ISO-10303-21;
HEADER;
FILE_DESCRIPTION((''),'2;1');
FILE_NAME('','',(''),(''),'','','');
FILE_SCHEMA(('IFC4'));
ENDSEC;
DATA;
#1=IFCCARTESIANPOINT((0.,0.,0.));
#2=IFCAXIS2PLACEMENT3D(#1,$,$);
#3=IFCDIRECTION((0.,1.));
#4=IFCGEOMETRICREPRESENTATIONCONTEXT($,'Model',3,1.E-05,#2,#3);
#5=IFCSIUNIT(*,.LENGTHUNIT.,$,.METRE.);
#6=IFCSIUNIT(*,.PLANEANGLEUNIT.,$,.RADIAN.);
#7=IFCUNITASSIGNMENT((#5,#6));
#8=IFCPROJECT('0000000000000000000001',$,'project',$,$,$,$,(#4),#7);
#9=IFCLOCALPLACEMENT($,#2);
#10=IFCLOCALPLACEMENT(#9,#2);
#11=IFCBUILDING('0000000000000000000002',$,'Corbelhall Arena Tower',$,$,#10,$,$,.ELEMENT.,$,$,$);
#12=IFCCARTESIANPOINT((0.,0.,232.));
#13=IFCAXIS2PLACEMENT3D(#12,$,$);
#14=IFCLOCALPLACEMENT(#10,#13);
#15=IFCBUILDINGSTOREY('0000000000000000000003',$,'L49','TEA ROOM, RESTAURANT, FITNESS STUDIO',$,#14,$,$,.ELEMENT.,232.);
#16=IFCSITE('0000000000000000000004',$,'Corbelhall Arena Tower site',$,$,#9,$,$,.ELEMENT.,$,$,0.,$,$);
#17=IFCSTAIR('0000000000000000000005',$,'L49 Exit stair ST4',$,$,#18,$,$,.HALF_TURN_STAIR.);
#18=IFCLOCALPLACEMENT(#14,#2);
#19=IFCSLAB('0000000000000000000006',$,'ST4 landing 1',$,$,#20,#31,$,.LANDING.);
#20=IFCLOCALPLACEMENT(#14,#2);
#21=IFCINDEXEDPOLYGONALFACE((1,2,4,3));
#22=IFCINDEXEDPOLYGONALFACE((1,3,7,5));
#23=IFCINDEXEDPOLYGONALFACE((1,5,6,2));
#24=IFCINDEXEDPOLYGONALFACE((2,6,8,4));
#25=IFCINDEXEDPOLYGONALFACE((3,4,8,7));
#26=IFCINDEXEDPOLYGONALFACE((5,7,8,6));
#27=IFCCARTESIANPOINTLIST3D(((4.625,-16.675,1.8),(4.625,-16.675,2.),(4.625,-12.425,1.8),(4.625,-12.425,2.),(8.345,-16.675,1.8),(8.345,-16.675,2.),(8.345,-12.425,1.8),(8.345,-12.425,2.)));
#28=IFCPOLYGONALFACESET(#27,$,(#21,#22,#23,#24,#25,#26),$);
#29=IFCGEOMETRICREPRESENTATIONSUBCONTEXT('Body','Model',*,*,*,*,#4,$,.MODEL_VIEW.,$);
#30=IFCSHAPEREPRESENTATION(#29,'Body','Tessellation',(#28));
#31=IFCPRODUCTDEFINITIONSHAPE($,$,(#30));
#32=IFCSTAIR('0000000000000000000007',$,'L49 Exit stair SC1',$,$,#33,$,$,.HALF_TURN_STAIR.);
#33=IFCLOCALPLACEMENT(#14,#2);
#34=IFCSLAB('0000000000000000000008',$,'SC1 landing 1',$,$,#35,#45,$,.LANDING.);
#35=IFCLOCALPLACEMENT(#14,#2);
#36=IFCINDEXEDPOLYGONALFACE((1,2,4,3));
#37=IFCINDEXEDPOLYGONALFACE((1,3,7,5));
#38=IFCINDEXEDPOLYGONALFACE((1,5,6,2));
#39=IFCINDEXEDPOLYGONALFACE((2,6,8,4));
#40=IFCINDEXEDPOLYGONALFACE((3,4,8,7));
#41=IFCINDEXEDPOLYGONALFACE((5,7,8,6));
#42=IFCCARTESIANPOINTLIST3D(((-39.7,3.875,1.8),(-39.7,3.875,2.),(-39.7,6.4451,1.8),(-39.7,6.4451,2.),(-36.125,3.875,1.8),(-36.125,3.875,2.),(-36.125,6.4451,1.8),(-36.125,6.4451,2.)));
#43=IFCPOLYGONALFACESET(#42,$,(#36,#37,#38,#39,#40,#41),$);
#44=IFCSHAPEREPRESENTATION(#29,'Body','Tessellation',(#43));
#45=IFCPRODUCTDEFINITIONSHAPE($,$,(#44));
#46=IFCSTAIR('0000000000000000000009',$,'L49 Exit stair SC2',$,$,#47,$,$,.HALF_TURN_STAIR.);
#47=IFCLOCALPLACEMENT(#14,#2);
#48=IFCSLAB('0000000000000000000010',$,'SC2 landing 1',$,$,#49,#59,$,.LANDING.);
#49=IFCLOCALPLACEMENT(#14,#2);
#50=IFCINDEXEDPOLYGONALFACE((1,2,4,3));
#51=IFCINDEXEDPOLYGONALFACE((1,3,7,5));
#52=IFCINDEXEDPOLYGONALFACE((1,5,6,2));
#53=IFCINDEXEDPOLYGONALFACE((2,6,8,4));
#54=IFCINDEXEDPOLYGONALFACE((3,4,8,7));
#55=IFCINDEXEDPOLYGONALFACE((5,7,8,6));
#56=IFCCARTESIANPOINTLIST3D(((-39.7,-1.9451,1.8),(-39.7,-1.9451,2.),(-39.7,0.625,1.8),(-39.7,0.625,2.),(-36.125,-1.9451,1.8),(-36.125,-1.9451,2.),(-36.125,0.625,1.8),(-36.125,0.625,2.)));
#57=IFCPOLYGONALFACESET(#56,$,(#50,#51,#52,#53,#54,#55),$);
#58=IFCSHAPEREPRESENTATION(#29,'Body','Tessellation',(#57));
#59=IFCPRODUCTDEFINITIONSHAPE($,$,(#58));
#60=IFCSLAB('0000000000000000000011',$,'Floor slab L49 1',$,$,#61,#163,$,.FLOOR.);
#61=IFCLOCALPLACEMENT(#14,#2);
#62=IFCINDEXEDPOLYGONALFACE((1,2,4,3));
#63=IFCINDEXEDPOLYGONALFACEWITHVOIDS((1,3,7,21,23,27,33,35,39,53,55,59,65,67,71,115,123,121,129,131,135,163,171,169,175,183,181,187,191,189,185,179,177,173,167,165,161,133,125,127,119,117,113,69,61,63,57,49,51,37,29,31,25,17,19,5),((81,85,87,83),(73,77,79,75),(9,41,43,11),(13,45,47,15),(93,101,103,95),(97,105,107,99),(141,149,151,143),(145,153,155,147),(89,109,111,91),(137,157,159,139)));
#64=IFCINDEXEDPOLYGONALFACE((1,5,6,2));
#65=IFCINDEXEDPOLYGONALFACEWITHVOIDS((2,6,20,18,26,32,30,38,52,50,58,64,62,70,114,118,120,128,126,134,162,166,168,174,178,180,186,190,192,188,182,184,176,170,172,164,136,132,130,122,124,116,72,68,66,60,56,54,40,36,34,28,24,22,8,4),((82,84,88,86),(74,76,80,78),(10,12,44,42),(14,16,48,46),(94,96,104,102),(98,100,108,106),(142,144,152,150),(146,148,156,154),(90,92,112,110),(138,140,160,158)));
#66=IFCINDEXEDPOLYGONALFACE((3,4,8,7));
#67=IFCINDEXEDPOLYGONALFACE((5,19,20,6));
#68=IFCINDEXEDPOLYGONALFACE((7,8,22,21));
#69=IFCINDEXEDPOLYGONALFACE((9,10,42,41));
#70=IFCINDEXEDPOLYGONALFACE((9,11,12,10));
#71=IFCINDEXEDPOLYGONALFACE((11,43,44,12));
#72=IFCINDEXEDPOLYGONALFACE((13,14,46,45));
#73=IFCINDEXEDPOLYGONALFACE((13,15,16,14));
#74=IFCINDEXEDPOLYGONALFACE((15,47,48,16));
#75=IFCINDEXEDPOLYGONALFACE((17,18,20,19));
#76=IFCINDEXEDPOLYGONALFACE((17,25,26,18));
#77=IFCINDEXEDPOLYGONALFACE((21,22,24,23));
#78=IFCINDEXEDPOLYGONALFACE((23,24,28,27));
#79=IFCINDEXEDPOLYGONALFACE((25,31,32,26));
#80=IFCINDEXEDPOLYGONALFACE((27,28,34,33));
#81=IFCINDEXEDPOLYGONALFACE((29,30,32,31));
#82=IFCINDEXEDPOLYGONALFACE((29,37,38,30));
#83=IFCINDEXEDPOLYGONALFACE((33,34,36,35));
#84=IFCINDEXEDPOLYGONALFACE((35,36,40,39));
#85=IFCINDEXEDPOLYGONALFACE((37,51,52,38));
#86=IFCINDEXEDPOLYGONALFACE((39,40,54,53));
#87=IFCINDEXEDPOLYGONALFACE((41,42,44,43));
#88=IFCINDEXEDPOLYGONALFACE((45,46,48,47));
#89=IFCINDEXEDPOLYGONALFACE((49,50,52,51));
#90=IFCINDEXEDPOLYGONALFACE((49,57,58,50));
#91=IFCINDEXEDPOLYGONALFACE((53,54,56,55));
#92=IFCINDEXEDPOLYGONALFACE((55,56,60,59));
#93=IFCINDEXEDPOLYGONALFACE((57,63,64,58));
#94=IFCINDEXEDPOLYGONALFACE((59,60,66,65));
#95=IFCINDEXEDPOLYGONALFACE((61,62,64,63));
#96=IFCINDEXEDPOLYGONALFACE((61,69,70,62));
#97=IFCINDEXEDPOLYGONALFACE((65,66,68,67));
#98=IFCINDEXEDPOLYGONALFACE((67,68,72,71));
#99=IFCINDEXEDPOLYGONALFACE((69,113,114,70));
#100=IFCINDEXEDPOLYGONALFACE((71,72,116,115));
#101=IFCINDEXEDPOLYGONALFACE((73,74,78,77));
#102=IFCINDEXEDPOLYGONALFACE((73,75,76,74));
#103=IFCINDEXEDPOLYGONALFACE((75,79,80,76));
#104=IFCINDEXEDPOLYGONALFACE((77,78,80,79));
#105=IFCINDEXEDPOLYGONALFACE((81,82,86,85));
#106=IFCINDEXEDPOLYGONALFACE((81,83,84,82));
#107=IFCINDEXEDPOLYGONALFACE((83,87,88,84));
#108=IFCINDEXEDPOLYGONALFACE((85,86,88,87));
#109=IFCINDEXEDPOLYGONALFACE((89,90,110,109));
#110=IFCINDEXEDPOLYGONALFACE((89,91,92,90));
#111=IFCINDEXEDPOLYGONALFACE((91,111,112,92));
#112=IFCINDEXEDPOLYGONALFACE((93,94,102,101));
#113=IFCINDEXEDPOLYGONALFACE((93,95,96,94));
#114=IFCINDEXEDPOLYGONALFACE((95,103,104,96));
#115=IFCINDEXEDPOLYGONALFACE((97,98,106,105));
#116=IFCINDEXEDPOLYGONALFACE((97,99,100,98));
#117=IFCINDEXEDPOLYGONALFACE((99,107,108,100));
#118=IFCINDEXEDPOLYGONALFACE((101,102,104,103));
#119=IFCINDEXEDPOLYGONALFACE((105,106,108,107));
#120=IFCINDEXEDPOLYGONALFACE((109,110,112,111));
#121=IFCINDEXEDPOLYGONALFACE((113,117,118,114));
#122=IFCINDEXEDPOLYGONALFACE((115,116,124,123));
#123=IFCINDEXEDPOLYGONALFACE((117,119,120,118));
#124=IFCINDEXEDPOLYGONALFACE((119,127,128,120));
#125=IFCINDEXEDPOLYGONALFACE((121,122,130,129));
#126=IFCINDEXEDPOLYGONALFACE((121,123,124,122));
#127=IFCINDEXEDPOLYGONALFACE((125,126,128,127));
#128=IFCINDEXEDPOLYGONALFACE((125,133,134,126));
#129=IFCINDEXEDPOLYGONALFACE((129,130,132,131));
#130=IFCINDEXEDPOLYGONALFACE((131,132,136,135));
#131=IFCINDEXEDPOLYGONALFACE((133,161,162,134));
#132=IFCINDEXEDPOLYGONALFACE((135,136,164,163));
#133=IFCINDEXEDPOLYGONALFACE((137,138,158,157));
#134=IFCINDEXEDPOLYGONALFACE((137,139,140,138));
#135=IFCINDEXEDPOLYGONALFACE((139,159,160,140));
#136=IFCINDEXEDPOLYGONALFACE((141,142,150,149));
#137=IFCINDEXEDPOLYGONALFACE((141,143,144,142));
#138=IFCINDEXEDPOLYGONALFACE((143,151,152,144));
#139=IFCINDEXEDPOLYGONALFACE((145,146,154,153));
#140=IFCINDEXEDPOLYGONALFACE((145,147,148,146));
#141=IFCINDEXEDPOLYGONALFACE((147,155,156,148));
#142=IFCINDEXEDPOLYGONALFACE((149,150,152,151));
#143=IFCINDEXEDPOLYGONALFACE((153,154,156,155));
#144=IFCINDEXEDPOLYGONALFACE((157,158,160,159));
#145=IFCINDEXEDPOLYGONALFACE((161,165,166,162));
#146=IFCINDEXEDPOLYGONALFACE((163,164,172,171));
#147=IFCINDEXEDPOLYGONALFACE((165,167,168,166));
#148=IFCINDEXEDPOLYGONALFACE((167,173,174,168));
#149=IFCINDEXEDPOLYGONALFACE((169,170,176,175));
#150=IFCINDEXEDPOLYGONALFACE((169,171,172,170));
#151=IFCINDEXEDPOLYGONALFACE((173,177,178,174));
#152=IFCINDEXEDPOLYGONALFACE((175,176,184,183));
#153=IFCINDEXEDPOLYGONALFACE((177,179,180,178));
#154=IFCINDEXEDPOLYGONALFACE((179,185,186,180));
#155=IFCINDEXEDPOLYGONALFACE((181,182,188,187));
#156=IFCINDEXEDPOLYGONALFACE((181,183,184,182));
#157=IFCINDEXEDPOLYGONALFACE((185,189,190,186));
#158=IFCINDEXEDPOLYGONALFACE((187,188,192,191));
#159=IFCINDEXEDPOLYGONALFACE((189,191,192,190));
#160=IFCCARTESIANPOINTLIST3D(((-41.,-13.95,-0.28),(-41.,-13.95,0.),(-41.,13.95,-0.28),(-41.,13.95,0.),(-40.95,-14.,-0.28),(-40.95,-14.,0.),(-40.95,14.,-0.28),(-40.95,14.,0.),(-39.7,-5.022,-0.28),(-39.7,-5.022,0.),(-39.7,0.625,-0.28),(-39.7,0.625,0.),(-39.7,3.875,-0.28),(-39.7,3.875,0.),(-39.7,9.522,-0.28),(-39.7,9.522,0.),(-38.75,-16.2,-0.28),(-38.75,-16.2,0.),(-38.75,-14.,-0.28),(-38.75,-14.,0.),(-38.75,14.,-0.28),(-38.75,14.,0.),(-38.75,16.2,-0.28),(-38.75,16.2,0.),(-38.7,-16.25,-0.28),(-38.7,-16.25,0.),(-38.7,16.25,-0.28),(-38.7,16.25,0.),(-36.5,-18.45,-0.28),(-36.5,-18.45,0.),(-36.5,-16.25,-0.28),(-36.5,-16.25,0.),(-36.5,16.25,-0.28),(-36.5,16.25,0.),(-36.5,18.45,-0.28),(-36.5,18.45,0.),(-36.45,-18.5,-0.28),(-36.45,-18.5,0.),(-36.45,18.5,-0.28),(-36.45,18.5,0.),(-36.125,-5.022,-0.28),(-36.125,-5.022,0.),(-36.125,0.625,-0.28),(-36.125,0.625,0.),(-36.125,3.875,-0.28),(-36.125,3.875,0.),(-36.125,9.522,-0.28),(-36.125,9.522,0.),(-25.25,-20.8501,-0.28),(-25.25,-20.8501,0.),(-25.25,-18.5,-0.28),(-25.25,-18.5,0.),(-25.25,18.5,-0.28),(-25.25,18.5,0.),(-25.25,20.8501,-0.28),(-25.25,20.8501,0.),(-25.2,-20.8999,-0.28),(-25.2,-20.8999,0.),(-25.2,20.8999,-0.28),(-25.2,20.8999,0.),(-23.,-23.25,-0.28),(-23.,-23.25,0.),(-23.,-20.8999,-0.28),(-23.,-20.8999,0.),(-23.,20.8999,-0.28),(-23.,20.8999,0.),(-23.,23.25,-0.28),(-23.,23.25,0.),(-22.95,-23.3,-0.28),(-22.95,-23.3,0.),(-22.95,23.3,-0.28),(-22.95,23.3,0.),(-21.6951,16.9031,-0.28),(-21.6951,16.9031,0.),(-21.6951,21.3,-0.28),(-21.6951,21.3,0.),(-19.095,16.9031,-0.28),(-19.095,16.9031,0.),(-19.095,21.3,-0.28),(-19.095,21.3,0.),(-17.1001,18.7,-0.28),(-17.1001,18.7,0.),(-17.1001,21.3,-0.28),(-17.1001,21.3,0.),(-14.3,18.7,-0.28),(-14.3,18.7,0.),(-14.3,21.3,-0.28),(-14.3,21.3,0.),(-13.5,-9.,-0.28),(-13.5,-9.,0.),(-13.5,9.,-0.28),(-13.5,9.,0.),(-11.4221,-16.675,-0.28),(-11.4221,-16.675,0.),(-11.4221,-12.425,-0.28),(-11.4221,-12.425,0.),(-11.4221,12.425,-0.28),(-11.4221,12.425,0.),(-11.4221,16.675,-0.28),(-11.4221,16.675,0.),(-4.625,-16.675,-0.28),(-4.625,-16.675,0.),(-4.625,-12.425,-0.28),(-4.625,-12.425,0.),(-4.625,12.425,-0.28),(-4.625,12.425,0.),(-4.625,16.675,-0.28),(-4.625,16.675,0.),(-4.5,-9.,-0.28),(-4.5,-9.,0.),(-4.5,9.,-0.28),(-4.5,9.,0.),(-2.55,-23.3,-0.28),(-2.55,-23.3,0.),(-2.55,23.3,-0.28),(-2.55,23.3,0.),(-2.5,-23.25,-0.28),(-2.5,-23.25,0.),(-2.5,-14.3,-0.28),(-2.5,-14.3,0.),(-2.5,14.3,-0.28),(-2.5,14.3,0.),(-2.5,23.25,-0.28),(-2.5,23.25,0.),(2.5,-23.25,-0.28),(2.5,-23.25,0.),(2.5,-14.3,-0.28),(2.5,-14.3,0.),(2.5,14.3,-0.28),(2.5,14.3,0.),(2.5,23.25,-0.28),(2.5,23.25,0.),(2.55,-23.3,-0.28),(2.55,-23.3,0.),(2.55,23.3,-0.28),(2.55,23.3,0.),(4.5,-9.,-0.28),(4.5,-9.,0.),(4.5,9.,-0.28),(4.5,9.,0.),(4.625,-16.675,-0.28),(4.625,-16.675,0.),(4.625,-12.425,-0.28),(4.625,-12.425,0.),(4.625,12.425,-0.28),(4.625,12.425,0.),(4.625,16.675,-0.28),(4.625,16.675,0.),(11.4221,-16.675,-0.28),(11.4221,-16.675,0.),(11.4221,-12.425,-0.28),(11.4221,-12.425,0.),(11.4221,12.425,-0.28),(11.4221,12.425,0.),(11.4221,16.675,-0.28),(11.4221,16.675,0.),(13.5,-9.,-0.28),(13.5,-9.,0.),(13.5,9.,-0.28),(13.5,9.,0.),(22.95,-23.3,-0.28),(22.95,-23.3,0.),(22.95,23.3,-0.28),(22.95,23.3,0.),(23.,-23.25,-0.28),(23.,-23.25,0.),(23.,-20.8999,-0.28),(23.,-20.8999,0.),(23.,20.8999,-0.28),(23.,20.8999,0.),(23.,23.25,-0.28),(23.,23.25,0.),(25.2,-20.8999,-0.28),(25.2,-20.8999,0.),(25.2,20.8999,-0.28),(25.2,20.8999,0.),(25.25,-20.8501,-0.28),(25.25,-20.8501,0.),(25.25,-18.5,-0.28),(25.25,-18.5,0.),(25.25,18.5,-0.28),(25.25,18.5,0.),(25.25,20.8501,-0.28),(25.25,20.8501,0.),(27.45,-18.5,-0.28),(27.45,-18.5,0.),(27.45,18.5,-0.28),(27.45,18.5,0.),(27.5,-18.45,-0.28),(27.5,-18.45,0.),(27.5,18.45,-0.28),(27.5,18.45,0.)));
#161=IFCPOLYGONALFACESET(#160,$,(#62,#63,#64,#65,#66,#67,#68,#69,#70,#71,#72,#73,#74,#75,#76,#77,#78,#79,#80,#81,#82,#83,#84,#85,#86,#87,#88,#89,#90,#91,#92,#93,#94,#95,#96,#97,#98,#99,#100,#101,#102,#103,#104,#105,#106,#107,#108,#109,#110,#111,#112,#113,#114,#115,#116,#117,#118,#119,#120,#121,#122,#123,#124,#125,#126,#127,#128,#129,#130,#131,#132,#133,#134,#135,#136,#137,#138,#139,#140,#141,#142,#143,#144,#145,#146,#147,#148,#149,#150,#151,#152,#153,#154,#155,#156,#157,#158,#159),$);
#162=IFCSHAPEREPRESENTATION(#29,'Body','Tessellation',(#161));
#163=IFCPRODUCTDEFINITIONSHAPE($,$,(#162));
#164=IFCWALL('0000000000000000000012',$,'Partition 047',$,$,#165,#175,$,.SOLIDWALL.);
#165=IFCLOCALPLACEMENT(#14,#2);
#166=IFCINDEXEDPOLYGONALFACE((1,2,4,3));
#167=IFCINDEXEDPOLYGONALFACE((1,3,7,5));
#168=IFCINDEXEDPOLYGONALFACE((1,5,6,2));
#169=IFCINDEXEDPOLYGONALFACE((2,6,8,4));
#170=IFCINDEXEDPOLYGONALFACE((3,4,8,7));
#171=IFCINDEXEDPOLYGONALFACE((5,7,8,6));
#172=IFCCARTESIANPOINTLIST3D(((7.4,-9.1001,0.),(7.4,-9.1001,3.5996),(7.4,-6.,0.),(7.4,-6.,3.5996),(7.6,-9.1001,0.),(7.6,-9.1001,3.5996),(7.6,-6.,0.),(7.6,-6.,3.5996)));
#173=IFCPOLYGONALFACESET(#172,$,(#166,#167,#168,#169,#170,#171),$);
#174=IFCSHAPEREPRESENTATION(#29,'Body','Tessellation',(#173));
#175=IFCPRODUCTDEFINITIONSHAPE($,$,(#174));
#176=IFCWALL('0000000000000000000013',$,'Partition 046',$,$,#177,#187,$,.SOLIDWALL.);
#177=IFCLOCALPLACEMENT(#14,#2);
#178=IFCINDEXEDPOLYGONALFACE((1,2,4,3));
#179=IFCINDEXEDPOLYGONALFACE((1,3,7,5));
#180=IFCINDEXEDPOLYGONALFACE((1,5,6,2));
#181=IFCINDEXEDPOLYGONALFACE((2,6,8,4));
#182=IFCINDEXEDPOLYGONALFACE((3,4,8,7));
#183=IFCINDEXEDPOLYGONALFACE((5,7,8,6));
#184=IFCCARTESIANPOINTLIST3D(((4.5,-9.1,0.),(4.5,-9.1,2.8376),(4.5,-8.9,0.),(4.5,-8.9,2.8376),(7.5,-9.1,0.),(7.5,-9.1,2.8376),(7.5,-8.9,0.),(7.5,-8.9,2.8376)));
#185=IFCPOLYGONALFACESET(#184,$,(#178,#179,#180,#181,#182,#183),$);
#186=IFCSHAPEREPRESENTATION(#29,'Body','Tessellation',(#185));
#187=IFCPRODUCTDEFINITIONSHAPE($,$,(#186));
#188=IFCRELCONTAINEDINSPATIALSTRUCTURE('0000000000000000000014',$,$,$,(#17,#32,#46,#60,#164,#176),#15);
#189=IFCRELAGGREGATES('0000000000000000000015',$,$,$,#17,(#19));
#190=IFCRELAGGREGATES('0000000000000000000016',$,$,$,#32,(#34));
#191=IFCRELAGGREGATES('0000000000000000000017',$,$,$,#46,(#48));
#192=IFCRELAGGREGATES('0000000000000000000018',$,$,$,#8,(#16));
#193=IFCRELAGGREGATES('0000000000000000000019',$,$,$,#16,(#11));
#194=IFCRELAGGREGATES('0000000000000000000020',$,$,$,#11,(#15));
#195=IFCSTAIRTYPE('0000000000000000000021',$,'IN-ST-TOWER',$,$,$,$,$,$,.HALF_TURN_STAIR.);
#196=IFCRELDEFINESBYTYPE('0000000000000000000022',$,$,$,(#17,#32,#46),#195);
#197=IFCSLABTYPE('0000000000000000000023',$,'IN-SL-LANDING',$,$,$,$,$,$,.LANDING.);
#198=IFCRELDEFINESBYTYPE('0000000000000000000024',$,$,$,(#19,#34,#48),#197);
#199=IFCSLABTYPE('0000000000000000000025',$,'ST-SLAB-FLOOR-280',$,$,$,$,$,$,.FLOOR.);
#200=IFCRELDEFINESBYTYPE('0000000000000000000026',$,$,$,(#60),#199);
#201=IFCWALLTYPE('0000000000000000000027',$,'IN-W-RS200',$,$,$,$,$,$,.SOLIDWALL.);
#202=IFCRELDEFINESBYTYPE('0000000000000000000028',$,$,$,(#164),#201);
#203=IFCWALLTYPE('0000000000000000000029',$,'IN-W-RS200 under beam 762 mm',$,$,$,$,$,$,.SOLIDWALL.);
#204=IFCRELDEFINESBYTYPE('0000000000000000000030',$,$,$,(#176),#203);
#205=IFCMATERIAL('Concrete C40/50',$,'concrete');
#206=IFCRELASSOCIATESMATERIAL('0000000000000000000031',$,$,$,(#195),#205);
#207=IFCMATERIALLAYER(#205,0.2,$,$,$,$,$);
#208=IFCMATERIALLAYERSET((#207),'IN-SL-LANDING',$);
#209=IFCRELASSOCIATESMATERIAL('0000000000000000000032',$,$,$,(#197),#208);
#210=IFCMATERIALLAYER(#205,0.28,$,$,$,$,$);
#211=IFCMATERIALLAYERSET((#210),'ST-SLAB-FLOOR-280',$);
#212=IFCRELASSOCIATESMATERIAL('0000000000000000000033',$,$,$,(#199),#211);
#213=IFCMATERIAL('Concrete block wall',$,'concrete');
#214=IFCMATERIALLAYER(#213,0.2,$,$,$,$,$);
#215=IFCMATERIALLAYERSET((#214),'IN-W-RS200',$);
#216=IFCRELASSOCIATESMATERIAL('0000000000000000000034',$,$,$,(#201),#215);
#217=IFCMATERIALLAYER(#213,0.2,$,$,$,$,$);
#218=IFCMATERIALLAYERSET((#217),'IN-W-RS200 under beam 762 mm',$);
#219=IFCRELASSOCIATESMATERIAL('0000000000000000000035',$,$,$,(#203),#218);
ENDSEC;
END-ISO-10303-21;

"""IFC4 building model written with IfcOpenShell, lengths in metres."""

from ifc_helpers import new_model, si_unit, direction, frame, frame_2d, origin, place, context, subcontext, project, spatial, polyline, rectangle, outline, extrude, material, layer, layer_set, type_object, element, aggregate, save


model = new_model("IFC4")

# Units and contexts
model_context = context("Model", 3, precision=1e-05, world=origin(), true_north=direction((0.0, 1.0)))
body_context = subcontext(model_context, "Body", "Model", "MODEL_VIEW")
ifc_project = project(units=[si_unit("LENGTHUNIT", "METRE"), si_unit("PLANEANGLEUNIT", "RADIAN")], contexts=[model_context])

# Site, building, storey
site_placement = place(None, origin())
site = spatial("IfcSite", under=ifc_project, at=site_placement, Name="Corbelhall Arena Tower site", CompositionType="ELEMENT", RefElevation=0.0)
building_placement = place(site_placement, origin())
building = spatial("IfcBuilding", under=site, at=building_placement, Name="Corbelhall Arena Tower", CompositionType="ELEMENT")
storey_placement = place(building_placement, frame((0.0, 0.0, 232.0)))
storey = spatial("IfcBuildingStorey", under=building, at=storey_placement, Name="L49", Description="TEA ROOM, RESTAURANT, FITNESS STUDIO", CompositionType="ELEMENT", Elevation=232.0)

# Shared definitions
ifc_material_1 = material(Name="Concrete C40/50", Category="concrete")

# Stairs, slabs
stair_type = type_object("IfcStairType", Name="IN-ST-TOWER", PredefinedType="HALF_TURN_STAIR", material=ifc_material_1)
ifc_layer_1 = layer(ifc_material_1, 0.2)
ifc_layer_set_1 = layer_set([ifc_layer_1], Name="IN-SL-LANDING")
slab_type_1 = type_object("IfcSlabType", Name="IN-SL-LANDING", PredefinedType="LANDING", material=ifc_layer_set_1)
stair_1_placement = place(storey_placement, origin())
stair_1 = element("IfcStair", 1, at=stair_1_placement, inside=storey, type_object=stair_type, Name="L49 Exit stair ST4", PredefinedType="HALF_TURN_STAIR")
slab_1_placement = place(storey_placement, frame((0.0, 0.0, 1.8)))
slab_1 = element("IfcSlab", 2, at=slab_1_placement, type_object=slab_type_1, Name="ST4 landing 1", PredefinedType="LANDING", context=body_context, shape_type="SweptSolid", body=[
    extrude(outline(polyline([(8.345, -12.425), (4.625, -12.425), (4.625, -16.675), (8.345, -16.675), (8.345, -12.425)])), origin(), (0.0, 0.0, 1.0), 0.2),
])
aggregate(stair_1, [slab_1])
stair_2_placement = place(storey_placement, origin())
stair_2 = element("IfcStair", 3, at=stair_2_placement, inside=storey, type_object=stair_type, Name="L49 Exit stair SC1", PredefinedType="HALF_TURN_STAIR")
slab_2_placement = place(storey_placement, frame((0.0, 0.0, 1.8)))
slab_2 = element("IfcSlab", 4, at=slab_2_placement, type_object=slab_type_1, Name="SC1 landing 1", PredefinedType="LANDING", context=body_context, shape_type="SweptSolid", body=[
    extrude(outline(polyline([(-39.7, 6.4451), (-39.7, 3.875), (-36.125, 3.875), (-36.125, 6.4451), (-39.7, 6.4451)])), origin(), (0.0, 0.0, 1.0), 0.2),
])
aggregate(stair_2, [slab_2])
stair_3_placement = place(storey_placement, origin())
stair_3 = element("IfcStair", 5, at=stair_3_placement, inside=storey, type_object=stair_type, Name="L49 Exit stair SC2", PredefinedType="HALF_TURN_STAIR")
slab_3_placement = place(storey_placement, frame((0.0, 0.0, 1.8)))
slab_3 = element("IfcSlab", 6, at=slab_3_placement, type_object=slab_type_1, Name="SC2 landing 1", PredefinedType="LANDING", context=body_context, shape_type="SweptSolid", body=[
    extrude(outline(polyline([(-36.125, -1.9451), (-36.125, 0.625), (-39.7, 0.625), (-39.7, -1.9451), (-36.125, -1.9451)])), origin(), (0.0, 0.0, 1.0), 0.2),
])
aggregate(stair_3, [slab_3])

# Slab
ifc_layer_2 = layer(ifc_material_1, 0.28)
ifc_layer_set_2 = layer_set([ifc_layer_2], Name="ST-SLAB-FLOOR-280")
slab_type_2 = type_object("IfcSlabType", Name="ST-SLAB-FLOOR-280", PredefinedType="FLOOR", material=ifc_layer_set_2)
slab_4_placement = place(storey_placement, frame((0.0, 0.0, -0.28)))
element("IfcSlab", 7, at=slab_4_placement, inside=storey, type_object=slab_type_2, Name="Floor slab L49 1", PredefinedType="FLOOR", context=body_context, shape_type="SweptSolid", body=[
    extrude(outline(polyline([(23.0, 23.25), (22.95, 23.3), (2.55, 23.3), (2.5, 23.25), (2.5, 14.3), (-2.5, 14.3), (-2.5, 23.25), (-2.55, 23.3), (-22.95, 23.3), (-23.0, 23.25), (-23.0, 20.8999), (-25.2, 20.8999), (-25.25, 20.8501), (-25.25, 18.5), (-36.45, 18.5), (-36.5, 18.45), (-36.5, 16.25), (-38.7, 16.25), (-38.75, 16.2), (-38.75, 14.0), (-40.95, 14.0), (-41.0, 13.95), (-41.0, -13.95), (-40.95, -14.0), (-38.75, -14.0), (-38.75, -16.2), (-38.7, -16.25), (-36.5, -16.25), (-36.5, -18.45), (-36.45, -18.5), (-25.25, -18.5), (-25.25, -20.8501), (-25.2, -20.8999), (-23.0, -20.8999), (-23.0, -23.25), (-22.95, -23.3), (-2.55, -23.3), (-2.5, -23.25), (-2.5, -14.3), (2.5, -14.3), (2.5, -23.25), (2.55, -23.3), (22.95, -23.3), (23.0, -23.25), (23.0, -20.8999), (25.2, -20.8999), (25.25, -20.8501), (25.25, -18.5), (27.45, -18.5), (27.5, -18.45), (27.5, 18.45), (27.45, 18.5), (25.25, 18.5), (25.25, 20.8501), (25.2, 20.8999), (23.0, 20.8999), (23.0, 23.25)]), holes=[polyline([(-4.5, -9.0), (-4.5, 9.0), (-13.5, 9.0), (-13.5, -9.0), (-4.5, -9.0)]), polyline([(13.5, -9.0), (13.5, 9.0), (4.5, 9.0), (4.5, -9.0), (13.5, -9.0)]), polyline([(-11.4221, 12.425), (-4.625, 12.425), (-4.625, 16.675), (-11.4221, 16.675), (-11.4221, 12.425)]), polyline([(-11.4221, -12.425), (-11.4221, -16.675), (-4.625, -16.675), (-4.625, -12.425), (-11.4221, -12.425)]), polyline([(4.625, 12.425), (11.4221, 12.425), (11.4221, 16.675), (4.625, 16.675), (4.625, 12.425)]), polyline([(4.625, -12.425), (4.625, -16.675), (11.4221, -16.675), (11.4221, -12.425), (4.625, -12.425)]), polyline([(-39.7, 9.522), (-39.7, 3.875), (-36.125, 3.875), (-36.125, 9.522), (-39.7, 9.522)]), polyline([(-39.7, -5.022), (-36.125, -5.022), (-36.125, 0.625), (-39.7, 0.625), (-39.7, -5.022)]), polyline([(-21.6951, 21.3), (-21.6951, 16.9031), (-19.095, 16.9031), (-19.095, 21.3), (-21.6951, 21.3)]), polyline([(-14.3, 21.3), (-17.1001, 21.3), (-17.1001, 18.7), (-14.3, 18.7), (-14.3, 21.3)])]), origin(), (0.0, 0.0, 1.0), 0.28),
])

# Wall
ifc_material_2 = material(Name="Concrete block wall", Category="concrete")
ifc_layer_3 = layer(ifc_material_2, 0.2)
ifc_layer_set_3 = layer_set([ifc_layer_3], Name="IN-W-RS200")
wall_type_1 = type_object("IfcWallType", Name="IN-W-RS200", PredefinedType="SOLIDWALL", material=ifc_layer_set_3)
wall_1_placement = place(storey_placement, frame((7.5, -6.0, 0.0), z_axis=(0.0, 0.0, 1.0), x_axis=(0.0, -1.0, 0.0)))
element("IfcWall", 8, at=wall_1_placement, inside=storey, type_object=wall_type_1, Name="Partition 047", PredefinedType="SOLIDWALL", context=body_context, shape_type="SweptSolid", body=[
    extrude(rectangle(XDim=3.1001, YDim=0.2, at=frame_2d((1.55, 0.0))), origin(), (0.0, 0.0, 1.0), 3.5996),
])

# Shared definitions
ifc_layer_4 = layer(ifc_material_2, 0.2)
ifc_layer_set_4 = layer_set([ifc_layer_4], Name="IN-W-RS200 under beam 762 mm")
wall_type_2 = type_object("IfcWallType", Name="IN-W-RS200 under beam 762 mm", PredefinedType="SOLIDWALL", material=ifc_layer_set_4)

# Wall
wall_2_placement = place(storey_placement, frame((7.5, -9.0, 0.0), z_axis=(0.0, 0.0, 1.0), x_axis=(-1.0, 0.0, 0.0)))
element("IfcWall", 9, at=wall_2_placement, inside=storey, type_object=wall_type_2, Name="Partition 046", PredefinedType="SOLIDWALL", context=body_context, shape_type="SweptSolid", body=[
    extrude(rectangle(XDim=3.0, YDim=0.2, at=frame_2d((1.5, 0.0))), origin(), (0.0, 0.0, 1.0), 2.8376),
])

save(model, "model.ifc")
